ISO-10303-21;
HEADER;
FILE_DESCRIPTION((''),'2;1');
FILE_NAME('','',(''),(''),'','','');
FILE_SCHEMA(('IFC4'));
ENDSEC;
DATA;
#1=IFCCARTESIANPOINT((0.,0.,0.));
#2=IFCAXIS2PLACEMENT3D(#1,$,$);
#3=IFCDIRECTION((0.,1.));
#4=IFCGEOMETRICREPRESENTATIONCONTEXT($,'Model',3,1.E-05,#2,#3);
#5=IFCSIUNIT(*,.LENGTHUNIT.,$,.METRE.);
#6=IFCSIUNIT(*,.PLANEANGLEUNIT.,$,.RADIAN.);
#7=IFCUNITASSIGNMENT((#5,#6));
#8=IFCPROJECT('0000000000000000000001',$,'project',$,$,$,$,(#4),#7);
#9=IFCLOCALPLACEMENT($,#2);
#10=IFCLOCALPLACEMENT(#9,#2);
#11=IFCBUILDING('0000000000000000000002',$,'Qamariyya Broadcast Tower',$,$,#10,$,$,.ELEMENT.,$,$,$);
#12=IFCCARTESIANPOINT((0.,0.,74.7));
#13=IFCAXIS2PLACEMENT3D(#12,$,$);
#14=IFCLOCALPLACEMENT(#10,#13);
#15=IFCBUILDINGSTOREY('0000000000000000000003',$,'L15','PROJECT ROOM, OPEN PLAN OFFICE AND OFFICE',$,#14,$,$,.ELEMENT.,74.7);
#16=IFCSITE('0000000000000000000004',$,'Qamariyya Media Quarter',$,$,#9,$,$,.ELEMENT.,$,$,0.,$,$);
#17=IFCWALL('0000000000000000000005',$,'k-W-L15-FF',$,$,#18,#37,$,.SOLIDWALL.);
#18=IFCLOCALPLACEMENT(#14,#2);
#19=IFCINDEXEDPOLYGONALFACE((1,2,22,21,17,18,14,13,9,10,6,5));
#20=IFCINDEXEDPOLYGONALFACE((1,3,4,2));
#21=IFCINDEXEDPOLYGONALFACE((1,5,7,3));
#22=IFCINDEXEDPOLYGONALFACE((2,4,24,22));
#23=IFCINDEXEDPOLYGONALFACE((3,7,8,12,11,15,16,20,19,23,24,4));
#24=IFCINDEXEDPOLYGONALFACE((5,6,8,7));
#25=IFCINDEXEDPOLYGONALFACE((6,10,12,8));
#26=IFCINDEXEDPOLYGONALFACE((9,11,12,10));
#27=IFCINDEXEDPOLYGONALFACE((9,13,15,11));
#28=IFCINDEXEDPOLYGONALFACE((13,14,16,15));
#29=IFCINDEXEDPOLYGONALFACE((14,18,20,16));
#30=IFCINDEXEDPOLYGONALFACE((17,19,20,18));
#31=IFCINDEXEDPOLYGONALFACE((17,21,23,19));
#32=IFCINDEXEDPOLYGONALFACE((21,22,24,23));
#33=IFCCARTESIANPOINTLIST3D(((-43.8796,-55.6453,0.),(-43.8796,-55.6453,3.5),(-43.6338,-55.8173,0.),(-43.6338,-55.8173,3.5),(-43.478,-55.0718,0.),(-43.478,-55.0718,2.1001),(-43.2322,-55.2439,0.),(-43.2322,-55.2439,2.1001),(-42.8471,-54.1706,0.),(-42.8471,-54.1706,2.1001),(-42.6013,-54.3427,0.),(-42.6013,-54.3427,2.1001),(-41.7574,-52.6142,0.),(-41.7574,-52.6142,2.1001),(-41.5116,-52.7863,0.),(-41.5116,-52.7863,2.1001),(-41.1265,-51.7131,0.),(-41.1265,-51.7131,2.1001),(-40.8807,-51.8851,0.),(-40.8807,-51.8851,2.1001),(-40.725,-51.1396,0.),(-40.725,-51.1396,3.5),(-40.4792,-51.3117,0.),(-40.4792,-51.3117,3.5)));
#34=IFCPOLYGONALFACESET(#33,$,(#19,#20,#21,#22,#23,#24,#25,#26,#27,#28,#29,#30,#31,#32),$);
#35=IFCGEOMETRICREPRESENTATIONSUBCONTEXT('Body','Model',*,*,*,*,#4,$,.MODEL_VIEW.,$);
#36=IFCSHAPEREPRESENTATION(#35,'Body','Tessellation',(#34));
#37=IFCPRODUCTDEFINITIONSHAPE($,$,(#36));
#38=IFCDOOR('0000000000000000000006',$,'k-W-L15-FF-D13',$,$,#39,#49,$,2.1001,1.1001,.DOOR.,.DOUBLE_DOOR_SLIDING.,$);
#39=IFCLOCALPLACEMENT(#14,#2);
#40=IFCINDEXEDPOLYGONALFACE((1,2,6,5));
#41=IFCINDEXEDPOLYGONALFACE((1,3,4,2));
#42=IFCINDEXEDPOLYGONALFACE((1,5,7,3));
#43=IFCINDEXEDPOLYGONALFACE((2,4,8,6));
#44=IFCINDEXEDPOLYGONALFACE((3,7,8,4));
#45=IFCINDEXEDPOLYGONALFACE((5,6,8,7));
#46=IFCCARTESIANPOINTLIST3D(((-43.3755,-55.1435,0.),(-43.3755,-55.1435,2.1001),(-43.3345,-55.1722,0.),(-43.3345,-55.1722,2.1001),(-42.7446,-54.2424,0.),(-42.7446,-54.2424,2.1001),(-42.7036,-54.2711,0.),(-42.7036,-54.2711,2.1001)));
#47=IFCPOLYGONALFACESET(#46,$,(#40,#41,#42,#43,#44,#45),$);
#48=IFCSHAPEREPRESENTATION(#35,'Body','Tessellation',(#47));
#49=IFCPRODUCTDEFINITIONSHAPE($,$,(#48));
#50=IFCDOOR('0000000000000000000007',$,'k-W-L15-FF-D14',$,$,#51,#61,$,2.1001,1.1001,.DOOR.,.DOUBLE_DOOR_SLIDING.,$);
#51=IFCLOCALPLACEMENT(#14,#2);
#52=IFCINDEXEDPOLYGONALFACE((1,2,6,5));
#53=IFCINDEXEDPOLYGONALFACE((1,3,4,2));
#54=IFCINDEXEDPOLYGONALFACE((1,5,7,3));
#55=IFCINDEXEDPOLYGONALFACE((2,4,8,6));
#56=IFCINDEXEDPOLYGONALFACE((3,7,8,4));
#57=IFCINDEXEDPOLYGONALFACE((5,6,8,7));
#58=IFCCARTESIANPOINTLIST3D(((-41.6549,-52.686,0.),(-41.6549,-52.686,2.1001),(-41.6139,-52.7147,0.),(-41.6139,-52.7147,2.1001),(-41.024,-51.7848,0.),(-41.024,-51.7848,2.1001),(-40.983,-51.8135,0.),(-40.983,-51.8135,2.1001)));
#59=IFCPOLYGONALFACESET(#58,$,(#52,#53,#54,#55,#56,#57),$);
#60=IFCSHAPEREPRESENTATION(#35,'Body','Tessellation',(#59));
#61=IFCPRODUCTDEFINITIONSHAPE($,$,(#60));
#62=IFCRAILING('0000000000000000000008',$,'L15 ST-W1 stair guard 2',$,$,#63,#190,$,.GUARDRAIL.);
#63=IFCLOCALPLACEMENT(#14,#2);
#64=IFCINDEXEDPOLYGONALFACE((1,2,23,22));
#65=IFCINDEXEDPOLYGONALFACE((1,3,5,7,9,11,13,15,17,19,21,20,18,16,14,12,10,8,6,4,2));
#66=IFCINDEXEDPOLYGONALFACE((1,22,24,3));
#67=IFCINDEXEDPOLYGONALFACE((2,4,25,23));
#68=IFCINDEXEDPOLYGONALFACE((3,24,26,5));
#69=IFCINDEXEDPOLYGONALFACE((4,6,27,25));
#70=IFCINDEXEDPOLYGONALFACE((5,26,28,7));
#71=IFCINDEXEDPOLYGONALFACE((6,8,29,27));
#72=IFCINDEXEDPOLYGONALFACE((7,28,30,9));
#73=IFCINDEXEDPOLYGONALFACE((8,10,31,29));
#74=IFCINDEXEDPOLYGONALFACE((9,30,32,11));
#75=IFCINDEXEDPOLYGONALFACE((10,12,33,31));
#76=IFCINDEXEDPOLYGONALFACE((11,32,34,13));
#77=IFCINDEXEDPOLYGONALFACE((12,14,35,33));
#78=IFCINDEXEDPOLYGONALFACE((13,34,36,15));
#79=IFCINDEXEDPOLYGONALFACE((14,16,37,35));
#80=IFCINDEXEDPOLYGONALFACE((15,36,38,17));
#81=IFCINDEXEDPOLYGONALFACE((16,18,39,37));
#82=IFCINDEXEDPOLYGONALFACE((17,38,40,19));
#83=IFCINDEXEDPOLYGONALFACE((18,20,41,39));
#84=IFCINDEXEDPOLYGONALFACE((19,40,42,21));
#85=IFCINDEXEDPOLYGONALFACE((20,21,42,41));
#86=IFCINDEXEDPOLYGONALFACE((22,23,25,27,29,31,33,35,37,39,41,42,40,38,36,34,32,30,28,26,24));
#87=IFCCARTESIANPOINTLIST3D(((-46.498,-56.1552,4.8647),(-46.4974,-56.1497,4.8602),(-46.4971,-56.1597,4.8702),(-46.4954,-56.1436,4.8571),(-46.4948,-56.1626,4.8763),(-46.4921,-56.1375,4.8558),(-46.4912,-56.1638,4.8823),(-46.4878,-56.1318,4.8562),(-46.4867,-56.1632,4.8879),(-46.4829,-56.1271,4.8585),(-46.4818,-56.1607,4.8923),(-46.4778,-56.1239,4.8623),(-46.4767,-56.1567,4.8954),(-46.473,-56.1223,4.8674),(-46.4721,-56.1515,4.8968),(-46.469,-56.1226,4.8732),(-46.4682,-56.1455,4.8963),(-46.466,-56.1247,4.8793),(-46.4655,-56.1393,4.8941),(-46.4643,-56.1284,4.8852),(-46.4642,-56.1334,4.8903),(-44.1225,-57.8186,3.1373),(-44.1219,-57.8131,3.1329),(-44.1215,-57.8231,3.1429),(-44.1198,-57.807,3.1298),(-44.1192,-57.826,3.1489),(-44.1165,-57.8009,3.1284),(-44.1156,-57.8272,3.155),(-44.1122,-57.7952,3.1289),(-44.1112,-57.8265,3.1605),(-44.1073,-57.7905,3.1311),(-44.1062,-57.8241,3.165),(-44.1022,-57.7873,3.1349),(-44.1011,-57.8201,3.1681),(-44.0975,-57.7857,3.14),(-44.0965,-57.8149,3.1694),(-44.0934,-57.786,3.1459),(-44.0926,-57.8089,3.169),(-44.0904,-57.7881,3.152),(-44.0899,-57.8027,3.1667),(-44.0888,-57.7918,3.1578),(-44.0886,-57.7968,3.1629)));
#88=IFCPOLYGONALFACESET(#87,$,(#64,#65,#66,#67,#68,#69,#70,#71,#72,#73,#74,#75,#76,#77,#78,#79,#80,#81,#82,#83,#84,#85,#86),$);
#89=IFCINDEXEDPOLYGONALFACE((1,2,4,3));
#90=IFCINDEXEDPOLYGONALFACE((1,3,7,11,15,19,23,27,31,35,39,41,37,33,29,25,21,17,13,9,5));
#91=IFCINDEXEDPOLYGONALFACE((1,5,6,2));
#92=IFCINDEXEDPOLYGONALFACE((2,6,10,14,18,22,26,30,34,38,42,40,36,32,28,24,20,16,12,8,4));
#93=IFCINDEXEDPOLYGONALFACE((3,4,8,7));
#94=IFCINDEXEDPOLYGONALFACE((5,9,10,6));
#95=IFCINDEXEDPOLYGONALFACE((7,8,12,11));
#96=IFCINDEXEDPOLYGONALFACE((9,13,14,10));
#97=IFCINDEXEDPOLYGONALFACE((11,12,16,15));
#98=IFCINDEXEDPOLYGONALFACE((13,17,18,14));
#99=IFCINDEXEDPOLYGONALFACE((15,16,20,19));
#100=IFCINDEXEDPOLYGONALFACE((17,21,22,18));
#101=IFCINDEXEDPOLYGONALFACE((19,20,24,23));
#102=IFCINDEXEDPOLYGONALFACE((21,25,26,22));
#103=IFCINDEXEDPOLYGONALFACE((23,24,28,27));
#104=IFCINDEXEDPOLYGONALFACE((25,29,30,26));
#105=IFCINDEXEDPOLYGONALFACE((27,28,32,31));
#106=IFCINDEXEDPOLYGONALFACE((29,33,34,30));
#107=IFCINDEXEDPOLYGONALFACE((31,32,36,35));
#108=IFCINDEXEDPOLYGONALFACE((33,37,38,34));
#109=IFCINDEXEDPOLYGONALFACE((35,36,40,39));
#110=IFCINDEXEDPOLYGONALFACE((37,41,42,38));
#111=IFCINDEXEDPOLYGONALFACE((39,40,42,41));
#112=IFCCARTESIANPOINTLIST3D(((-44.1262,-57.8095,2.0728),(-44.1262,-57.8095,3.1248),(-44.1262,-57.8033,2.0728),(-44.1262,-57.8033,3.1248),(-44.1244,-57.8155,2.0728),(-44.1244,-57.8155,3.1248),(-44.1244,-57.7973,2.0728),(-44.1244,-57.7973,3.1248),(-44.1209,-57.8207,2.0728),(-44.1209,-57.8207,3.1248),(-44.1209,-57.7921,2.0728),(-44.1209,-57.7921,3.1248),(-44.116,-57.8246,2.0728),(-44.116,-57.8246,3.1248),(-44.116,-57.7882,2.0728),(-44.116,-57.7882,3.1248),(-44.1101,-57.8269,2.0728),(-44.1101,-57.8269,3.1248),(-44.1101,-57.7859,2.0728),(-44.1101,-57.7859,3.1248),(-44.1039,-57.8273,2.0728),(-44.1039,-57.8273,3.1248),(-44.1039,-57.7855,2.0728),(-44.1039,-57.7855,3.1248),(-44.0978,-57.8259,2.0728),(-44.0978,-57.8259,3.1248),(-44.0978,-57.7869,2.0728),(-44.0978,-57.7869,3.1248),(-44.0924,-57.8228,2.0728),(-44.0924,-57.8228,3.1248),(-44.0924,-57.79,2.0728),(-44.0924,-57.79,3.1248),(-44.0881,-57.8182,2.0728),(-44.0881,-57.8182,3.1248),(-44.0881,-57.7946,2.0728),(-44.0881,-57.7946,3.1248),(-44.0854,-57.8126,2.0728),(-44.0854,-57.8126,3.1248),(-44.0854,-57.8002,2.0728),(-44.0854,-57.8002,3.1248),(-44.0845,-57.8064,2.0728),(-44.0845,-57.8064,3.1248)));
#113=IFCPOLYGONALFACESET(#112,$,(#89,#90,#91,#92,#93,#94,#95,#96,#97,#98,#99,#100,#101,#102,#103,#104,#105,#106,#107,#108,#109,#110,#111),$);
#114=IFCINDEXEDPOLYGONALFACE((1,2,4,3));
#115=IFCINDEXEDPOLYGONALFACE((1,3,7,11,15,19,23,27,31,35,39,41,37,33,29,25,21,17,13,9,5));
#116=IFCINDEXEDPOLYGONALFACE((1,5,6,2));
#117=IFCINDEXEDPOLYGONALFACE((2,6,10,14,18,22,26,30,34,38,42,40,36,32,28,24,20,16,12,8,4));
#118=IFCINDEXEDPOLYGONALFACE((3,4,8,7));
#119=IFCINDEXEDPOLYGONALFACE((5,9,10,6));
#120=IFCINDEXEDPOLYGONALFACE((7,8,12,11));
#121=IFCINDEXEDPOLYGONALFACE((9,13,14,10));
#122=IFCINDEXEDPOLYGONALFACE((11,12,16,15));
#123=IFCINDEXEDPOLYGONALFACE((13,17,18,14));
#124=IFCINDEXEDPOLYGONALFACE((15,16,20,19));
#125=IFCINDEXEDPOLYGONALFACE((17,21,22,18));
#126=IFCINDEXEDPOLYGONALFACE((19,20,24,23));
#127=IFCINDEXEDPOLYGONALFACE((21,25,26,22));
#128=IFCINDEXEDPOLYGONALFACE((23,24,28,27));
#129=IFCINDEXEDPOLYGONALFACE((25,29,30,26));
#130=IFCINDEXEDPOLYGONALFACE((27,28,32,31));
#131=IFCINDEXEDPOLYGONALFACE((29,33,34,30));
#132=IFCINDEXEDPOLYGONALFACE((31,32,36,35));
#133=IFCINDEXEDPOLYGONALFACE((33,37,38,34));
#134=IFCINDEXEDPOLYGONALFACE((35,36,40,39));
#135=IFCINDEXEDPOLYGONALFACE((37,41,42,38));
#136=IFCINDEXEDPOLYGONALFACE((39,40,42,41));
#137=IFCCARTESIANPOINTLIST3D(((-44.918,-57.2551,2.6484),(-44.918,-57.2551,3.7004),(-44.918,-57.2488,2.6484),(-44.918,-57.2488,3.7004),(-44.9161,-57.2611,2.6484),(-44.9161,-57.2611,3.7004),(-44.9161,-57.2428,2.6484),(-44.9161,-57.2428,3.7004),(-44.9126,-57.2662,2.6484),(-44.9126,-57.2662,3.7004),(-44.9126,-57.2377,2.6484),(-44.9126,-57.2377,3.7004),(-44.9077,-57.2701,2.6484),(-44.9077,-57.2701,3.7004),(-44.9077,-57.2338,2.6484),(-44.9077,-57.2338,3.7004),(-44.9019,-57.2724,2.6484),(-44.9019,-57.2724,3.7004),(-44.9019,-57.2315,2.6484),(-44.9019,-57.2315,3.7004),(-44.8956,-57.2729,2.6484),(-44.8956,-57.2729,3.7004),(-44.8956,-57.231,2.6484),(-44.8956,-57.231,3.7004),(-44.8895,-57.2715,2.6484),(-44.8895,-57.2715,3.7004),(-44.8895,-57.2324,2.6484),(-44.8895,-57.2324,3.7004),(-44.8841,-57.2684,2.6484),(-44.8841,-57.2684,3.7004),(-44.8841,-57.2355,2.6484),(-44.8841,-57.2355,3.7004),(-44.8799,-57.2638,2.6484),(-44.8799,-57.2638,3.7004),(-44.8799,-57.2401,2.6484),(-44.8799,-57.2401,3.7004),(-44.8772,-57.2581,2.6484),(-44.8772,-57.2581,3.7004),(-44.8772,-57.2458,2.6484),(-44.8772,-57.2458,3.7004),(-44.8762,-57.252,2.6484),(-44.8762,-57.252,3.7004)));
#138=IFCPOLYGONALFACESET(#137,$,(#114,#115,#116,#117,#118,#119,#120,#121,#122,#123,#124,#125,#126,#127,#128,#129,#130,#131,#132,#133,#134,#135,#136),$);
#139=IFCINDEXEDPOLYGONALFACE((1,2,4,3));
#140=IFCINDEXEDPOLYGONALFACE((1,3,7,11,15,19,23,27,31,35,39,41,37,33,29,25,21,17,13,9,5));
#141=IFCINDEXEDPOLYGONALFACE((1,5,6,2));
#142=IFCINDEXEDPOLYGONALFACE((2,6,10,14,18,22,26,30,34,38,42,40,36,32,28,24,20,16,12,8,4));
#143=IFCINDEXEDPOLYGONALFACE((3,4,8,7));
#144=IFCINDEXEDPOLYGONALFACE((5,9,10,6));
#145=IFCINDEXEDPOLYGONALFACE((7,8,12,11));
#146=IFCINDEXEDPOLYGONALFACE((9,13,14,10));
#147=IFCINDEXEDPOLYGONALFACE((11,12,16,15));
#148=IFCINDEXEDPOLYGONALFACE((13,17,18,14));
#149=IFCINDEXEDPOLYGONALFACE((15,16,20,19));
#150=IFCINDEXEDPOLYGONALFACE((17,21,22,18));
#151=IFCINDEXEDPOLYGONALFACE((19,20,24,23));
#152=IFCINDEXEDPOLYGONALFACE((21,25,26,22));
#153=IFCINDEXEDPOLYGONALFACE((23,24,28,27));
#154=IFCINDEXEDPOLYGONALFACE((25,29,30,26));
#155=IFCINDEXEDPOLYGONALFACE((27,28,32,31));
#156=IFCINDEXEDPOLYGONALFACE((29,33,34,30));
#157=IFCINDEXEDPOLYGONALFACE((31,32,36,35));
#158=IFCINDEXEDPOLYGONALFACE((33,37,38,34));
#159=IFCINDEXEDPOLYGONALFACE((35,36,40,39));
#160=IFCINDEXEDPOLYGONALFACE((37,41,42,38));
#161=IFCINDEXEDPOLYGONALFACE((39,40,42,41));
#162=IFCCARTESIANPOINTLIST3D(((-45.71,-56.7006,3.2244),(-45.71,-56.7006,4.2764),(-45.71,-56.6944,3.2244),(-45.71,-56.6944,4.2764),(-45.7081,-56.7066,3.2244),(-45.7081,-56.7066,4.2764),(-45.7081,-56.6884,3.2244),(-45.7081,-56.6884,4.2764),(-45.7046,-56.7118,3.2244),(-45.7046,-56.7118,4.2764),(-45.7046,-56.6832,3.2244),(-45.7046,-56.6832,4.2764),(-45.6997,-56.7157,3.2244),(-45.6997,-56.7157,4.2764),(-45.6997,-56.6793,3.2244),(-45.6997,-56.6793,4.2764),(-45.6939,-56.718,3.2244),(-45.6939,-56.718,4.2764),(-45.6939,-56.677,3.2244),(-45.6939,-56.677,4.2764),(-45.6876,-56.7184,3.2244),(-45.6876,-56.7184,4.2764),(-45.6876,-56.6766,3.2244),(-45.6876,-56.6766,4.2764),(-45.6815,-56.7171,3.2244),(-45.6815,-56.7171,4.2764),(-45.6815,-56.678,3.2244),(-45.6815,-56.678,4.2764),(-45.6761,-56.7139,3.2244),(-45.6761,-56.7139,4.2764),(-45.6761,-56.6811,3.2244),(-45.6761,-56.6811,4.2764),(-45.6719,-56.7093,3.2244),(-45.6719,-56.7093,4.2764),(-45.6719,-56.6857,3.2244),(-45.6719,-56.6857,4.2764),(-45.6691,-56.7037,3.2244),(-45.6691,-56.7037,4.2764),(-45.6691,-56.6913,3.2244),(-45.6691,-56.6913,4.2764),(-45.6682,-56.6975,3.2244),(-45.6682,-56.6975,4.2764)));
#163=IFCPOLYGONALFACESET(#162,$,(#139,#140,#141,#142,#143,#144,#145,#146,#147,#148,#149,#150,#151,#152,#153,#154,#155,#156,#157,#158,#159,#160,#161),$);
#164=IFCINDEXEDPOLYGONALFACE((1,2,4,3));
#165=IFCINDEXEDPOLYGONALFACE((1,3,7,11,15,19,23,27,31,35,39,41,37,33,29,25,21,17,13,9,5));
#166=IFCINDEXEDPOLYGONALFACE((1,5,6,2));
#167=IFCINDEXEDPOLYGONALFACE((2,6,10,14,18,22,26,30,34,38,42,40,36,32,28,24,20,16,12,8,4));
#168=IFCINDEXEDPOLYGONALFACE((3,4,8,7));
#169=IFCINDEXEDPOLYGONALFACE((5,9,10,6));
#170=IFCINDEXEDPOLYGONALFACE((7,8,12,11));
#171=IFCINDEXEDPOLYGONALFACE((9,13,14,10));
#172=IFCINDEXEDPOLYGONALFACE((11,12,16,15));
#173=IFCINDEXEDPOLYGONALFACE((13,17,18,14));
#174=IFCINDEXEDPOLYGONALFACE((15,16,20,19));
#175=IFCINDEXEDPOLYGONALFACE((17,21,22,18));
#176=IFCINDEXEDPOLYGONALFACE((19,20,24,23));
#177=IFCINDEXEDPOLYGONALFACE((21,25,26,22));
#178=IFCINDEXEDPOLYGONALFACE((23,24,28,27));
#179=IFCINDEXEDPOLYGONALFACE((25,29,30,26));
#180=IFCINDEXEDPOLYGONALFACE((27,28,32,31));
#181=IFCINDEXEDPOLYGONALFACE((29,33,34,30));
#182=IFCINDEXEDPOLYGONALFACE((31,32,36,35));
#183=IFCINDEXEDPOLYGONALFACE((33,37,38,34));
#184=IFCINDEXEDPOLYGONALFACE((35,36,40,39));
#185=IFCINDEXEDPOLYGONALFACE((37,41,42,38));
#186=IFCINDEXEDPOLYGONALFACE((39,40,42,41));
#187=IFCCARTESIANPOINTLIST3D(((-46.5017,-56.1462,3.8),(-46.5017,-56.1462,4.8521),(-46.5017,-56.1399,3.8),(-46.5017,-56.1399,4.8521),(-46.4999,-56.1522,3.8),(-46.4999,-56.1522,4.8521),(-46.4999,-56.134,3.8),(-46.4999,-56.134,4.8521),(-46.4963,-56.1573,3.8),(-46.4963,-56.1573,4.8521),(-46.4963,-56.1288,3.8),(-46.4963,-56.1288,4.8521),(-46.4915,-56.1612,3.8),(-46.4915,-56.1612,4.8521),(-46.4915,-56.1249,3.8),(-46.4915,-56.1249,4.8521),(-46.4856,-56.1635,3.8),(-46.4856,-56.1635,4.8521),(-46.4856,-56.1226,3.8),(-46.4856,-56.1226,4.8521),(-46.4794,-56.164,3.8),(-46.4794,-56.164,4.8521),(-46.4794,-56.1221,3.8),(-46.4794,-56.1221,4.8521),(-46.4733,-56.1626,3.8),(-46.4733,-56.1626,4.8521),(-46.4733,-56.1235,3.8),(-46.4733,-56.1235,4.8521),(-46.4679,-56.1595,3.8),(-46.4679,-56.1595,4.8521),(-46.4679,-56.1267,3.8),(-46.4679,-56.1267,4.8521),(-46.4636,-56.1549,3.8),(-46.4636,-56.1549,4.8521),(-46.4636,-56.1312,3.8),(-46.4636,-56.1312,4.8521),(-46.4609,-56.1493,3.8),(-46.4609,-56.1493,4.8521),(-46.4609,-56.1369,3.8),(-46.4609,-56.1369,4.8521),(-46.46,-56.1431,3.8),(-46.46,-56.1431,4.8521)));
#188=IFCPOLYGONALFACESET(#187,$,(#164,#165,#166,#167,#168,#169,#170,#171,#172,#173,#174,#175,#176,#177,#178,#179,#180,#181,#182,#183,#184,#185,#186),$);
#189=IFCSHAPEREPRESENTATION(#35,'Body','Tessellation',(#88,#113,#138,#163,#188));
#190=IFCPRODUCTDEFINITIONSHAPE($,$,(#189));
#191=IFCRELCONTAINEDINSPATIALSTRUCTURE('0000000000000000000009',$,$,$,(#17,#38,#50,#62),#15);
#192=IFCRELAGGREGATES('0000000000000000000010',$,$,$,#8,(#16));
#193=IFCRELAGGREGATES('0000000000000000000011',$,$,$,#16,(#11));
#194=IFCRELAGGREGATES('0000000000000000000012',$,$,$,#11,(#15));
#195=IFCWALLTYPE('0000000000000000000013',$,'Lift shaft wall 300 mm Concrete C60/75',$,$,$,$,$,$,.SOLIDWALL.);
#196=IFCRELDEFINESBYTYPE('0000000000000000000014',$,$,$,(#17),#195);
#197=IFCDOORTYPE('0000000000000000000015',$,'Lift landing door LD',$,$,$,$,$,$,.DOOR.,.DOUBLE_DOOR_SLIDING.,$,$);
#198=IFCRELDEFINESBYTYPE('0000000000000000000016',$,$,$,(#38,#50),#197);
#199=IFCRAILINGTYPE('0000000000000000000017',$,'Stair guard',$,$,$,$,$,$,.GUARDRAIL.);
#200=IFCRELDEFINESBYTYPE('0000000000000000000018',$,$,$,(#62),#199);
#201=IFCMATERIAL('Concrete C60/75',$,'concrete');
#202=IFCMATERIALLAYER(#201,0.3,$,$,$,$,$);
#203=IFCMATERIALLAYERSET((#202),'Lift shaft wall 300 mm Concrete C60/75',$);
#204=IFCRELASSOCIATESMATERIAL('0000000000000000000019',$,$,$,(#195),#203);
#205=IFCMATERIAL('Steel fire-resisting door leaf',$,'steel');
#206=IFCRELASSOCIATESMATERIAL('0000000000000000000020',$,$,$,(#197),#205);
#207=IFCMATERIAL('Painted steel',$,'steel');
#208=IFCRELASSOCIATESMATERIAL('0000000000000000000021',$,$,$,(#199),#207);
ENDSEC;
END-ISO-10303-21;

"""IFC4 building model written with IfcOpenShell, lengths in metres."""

from ifc_helpers import new_model, si_unit, direction, frame, frame_2d, origin, origin_2d, place, context, subcontext, project, spatial, rectangle, circle, extrude, material, layer, layer_set, type_object, element, fill, save


model = new_model("IFC4")

# Units and contexts
model_context = context("Model", 3, precision=1e-05, world=origin(), true_north=direction((0.0, 1.0)))
body_context = subcontext(model_context, "Body", "Model", "MODEL_VIEW")
ifc_project = project(units=[si_unit("LENGTHUNIT", "METRE"), si_unit("PLANEANGLEUNIT", "RADIAN")], contexts=[model_context])

# Site, building, storey
site_placement = place(None, origin())
site = spatial("IfcSite", under=ifc_project, at=site_placement, Name="Qamariyya Media Quarter", CompositionType="ELEMENT", RefElevation=0.0)
building_placement = place(site_placement, origin())
building = spatial("IfcBuilding", under=site, at=building_placement, Name="Qamariyya Broadcast Tower", CompositionType="ELEMENT")
storey_placement = place(building_placement, frame((0.0, 0.0, 74.7)))
storey = spatial("IfcBuildingStorey", under=building, at=storey_placement, Name="L15", Description="PROJECT ROOM, OPEN PLAN OFFICE AND OFFICE", CompositionType="ELEMENT", Elevation=74.7)

# Shared definitions
ifc_material_1 = material(Name="Steel fire-resisting door leaf", Category="steel")

# Shared definitions
ifc_material_2 = material(Name="Concrete C60/75", Category="concrete")
ifc_layer_1 = layer(ifc_material_2, 0.3)
ifc_layer_set_1 = layer_set([ifc_layer_1], Name="Lift shaft wall 300 mm Concrete C60/75")
wall_type_1 = type_object("IfcWallType", Name="Lift shaft wall 300 mm Concrete C60/75", PredefinedType="SOLIDWALL", material=ifc_layer_set_1)

# Wall, openings, doors
wall_1_placement = place(storey_placement, frame((-43.7566, -55.7312, 0.0), z_axis=(0.0, 0.0, 1.0), x_axis=(0.573537, 0.81918, 0.0)))
wall_1 = element("IfcWall", 1, at=wall_1_placement, inside=storey, type_object=wall_type_1, Name="k-W-L15-FF", PredefinedType="SOLIDWALL", context=body_context, shape_type="SweptSolid", body=[
    extrude(rectangle(XDim=5.5002, YDim=0.3, at=frame_2d((2.75, 0.0))), origin(), (0.0, 0.0, 1.0), 3.5),
])
opening_1_placement = place(wall_1_placement, frame((0.7, 0.0, 0.0)))
opening_1 = element("IfcOpeningElement", 2, at=opening_1_placement, cuts=wall_1, PredefinedType="OPENING", context=body_context, shape_type="SweptSolid", body=[
    extrude(rectangle(XDim=1.1001, YDim=2.1001, at=frame_2d((0.55, 1.05))), frame((0.0, 0.1599, 0.0), z_axis=(0.0, -1.0, 0.0), x_axis=(1.0, 0.0, 0.0)), (0.0, 0.0, 1.0), 0.3201),
])
opening_2_placement = place(wall_1_placement, frame((3.7, 0.0, 0.0)))
opening_2 = element("IfcOpeningElement", 3, at=opening_2_placement, cuts=wall_1, PredefinedType="OPENING", context=body_context, shape_type="SweptSolid", body=[
    extrude(rectangle(XDim=1.1001, YDim=2.1001, at=frame_2d((0.55, 1.05))), frame((0.0, 0.1599, 0.0), z_axis=(0.0, -1.0, 0.0), x_axis=(1.0, 0.0, 0.0)), (0.0, 0.0, 1.0), 0.3201),
])
door_type_1 = type_object("IfcDoorType", Name="Lift landing door LD", OperationType="DOUBLE_DOOR_SLIDING", PredefinedType="DOOR", material=ifc_material_1)
door_1_placement = place(opening_1_placement, origin())
door_1 = element("IfcDoor", 4, at=door_1_placement, inside=storey, type_object=door_type_1, Name="k-W-L15-FF-D13", OperationType="DOUBLE_DOOR_SLIDING", OverallHeight=2.1001, OverallWidth=1.1001, PredefinedType="DOOR", context=body_context, shape_type="SweptSolid", body=[
    extrude(rectangle(XDim=1.1001, YDim=2.1001, at=frame_2d((0.55, 1.05))), frame((0.0, 0.0249, 0.0), z_axis=(0.0, -1.0, 0.0), x_axis=(1.0, 0.0, 0.0)), (0.0, 0.0, 1.0), 0.05),
])
fill(opening_1, door_1)
door_2_placement = place(opening_2_placement, origin())
door_2 = element("IfcDoor", 5, at=door_2_placement, inside=storey, type_object=door_type_1, Name="k-W-L15-FF-D14", OperationType="DOUBLE_DOOR_SLIDING", OverallHeight=2.1001, OverallWidth=1.1001, PredefinedType="DOOR", context=body_context, shape_type="SweptSolid", body=[
    extrude(rectangle(XDim=1.1001, YDim=2.1001, at=frame_2d((0.55, 1.05))), frame((0.0, 0.0249, 0.0), z_axis=(0.0, -1.0, 0.0), x_axis=(1.0, 0.0, 0.0)), (0.0, 0.0, 1.0), 0.05),
])
fill(opening_2, door_2)

# Railing
ifc_material_3 = material(Name="Painted steel", Category="steel")
railing_type_1 = type_object("IfcRailingType", Name="Stair guard", PredefinedType="GUARDRAIL", material=ifc_material_3)
railing_1_placement = place(storey_placement, frame((-44.1055, -57.8064, 2.0728)))
element("IfcRailing", 6, at=railing_1_placement, inside=storey, type_object=railing_type_1, Name="L15 ST-W1 stair guard 2", PredefinedType="GUARDRAIL", context=body_context, shape_type="SweptSolid", body=[
    extrude(circle(Radius=0.0239, at=origin_2d()), frame((0.0, 0.0, 1.0762), z_axis=(-0.70377, 0.492784, 0.511734), x_axis=(-0.573575, -0.819153, 0.0)), (0.0, 0.0, 1.0), 3.3755),
    extrude(circle(Radius=0.021, at=origin_2d()), origin(), (0.0, 0.0, 1.0), 1.052),
    extrude(circle(Radius=0.021, at=origin_2d()), frame((-0.7917, 0.5544, 0.5757)), (0.0, 0.0, 1.0), 1.052),
    extrude(circle(Radius=0.021, at=origin_2d()), frame((-1.5837, 1.1089, 1.1516)), (0.0, 0.0, 1.0), 1.052),
    extrude(circle(Radius=0.021, at=origin_2d()), frame((-2.3755, 1.6633, 1.7273)), (0.0, 0.0, 1.0), 1.052),
])

save(model, "model.ifc")
